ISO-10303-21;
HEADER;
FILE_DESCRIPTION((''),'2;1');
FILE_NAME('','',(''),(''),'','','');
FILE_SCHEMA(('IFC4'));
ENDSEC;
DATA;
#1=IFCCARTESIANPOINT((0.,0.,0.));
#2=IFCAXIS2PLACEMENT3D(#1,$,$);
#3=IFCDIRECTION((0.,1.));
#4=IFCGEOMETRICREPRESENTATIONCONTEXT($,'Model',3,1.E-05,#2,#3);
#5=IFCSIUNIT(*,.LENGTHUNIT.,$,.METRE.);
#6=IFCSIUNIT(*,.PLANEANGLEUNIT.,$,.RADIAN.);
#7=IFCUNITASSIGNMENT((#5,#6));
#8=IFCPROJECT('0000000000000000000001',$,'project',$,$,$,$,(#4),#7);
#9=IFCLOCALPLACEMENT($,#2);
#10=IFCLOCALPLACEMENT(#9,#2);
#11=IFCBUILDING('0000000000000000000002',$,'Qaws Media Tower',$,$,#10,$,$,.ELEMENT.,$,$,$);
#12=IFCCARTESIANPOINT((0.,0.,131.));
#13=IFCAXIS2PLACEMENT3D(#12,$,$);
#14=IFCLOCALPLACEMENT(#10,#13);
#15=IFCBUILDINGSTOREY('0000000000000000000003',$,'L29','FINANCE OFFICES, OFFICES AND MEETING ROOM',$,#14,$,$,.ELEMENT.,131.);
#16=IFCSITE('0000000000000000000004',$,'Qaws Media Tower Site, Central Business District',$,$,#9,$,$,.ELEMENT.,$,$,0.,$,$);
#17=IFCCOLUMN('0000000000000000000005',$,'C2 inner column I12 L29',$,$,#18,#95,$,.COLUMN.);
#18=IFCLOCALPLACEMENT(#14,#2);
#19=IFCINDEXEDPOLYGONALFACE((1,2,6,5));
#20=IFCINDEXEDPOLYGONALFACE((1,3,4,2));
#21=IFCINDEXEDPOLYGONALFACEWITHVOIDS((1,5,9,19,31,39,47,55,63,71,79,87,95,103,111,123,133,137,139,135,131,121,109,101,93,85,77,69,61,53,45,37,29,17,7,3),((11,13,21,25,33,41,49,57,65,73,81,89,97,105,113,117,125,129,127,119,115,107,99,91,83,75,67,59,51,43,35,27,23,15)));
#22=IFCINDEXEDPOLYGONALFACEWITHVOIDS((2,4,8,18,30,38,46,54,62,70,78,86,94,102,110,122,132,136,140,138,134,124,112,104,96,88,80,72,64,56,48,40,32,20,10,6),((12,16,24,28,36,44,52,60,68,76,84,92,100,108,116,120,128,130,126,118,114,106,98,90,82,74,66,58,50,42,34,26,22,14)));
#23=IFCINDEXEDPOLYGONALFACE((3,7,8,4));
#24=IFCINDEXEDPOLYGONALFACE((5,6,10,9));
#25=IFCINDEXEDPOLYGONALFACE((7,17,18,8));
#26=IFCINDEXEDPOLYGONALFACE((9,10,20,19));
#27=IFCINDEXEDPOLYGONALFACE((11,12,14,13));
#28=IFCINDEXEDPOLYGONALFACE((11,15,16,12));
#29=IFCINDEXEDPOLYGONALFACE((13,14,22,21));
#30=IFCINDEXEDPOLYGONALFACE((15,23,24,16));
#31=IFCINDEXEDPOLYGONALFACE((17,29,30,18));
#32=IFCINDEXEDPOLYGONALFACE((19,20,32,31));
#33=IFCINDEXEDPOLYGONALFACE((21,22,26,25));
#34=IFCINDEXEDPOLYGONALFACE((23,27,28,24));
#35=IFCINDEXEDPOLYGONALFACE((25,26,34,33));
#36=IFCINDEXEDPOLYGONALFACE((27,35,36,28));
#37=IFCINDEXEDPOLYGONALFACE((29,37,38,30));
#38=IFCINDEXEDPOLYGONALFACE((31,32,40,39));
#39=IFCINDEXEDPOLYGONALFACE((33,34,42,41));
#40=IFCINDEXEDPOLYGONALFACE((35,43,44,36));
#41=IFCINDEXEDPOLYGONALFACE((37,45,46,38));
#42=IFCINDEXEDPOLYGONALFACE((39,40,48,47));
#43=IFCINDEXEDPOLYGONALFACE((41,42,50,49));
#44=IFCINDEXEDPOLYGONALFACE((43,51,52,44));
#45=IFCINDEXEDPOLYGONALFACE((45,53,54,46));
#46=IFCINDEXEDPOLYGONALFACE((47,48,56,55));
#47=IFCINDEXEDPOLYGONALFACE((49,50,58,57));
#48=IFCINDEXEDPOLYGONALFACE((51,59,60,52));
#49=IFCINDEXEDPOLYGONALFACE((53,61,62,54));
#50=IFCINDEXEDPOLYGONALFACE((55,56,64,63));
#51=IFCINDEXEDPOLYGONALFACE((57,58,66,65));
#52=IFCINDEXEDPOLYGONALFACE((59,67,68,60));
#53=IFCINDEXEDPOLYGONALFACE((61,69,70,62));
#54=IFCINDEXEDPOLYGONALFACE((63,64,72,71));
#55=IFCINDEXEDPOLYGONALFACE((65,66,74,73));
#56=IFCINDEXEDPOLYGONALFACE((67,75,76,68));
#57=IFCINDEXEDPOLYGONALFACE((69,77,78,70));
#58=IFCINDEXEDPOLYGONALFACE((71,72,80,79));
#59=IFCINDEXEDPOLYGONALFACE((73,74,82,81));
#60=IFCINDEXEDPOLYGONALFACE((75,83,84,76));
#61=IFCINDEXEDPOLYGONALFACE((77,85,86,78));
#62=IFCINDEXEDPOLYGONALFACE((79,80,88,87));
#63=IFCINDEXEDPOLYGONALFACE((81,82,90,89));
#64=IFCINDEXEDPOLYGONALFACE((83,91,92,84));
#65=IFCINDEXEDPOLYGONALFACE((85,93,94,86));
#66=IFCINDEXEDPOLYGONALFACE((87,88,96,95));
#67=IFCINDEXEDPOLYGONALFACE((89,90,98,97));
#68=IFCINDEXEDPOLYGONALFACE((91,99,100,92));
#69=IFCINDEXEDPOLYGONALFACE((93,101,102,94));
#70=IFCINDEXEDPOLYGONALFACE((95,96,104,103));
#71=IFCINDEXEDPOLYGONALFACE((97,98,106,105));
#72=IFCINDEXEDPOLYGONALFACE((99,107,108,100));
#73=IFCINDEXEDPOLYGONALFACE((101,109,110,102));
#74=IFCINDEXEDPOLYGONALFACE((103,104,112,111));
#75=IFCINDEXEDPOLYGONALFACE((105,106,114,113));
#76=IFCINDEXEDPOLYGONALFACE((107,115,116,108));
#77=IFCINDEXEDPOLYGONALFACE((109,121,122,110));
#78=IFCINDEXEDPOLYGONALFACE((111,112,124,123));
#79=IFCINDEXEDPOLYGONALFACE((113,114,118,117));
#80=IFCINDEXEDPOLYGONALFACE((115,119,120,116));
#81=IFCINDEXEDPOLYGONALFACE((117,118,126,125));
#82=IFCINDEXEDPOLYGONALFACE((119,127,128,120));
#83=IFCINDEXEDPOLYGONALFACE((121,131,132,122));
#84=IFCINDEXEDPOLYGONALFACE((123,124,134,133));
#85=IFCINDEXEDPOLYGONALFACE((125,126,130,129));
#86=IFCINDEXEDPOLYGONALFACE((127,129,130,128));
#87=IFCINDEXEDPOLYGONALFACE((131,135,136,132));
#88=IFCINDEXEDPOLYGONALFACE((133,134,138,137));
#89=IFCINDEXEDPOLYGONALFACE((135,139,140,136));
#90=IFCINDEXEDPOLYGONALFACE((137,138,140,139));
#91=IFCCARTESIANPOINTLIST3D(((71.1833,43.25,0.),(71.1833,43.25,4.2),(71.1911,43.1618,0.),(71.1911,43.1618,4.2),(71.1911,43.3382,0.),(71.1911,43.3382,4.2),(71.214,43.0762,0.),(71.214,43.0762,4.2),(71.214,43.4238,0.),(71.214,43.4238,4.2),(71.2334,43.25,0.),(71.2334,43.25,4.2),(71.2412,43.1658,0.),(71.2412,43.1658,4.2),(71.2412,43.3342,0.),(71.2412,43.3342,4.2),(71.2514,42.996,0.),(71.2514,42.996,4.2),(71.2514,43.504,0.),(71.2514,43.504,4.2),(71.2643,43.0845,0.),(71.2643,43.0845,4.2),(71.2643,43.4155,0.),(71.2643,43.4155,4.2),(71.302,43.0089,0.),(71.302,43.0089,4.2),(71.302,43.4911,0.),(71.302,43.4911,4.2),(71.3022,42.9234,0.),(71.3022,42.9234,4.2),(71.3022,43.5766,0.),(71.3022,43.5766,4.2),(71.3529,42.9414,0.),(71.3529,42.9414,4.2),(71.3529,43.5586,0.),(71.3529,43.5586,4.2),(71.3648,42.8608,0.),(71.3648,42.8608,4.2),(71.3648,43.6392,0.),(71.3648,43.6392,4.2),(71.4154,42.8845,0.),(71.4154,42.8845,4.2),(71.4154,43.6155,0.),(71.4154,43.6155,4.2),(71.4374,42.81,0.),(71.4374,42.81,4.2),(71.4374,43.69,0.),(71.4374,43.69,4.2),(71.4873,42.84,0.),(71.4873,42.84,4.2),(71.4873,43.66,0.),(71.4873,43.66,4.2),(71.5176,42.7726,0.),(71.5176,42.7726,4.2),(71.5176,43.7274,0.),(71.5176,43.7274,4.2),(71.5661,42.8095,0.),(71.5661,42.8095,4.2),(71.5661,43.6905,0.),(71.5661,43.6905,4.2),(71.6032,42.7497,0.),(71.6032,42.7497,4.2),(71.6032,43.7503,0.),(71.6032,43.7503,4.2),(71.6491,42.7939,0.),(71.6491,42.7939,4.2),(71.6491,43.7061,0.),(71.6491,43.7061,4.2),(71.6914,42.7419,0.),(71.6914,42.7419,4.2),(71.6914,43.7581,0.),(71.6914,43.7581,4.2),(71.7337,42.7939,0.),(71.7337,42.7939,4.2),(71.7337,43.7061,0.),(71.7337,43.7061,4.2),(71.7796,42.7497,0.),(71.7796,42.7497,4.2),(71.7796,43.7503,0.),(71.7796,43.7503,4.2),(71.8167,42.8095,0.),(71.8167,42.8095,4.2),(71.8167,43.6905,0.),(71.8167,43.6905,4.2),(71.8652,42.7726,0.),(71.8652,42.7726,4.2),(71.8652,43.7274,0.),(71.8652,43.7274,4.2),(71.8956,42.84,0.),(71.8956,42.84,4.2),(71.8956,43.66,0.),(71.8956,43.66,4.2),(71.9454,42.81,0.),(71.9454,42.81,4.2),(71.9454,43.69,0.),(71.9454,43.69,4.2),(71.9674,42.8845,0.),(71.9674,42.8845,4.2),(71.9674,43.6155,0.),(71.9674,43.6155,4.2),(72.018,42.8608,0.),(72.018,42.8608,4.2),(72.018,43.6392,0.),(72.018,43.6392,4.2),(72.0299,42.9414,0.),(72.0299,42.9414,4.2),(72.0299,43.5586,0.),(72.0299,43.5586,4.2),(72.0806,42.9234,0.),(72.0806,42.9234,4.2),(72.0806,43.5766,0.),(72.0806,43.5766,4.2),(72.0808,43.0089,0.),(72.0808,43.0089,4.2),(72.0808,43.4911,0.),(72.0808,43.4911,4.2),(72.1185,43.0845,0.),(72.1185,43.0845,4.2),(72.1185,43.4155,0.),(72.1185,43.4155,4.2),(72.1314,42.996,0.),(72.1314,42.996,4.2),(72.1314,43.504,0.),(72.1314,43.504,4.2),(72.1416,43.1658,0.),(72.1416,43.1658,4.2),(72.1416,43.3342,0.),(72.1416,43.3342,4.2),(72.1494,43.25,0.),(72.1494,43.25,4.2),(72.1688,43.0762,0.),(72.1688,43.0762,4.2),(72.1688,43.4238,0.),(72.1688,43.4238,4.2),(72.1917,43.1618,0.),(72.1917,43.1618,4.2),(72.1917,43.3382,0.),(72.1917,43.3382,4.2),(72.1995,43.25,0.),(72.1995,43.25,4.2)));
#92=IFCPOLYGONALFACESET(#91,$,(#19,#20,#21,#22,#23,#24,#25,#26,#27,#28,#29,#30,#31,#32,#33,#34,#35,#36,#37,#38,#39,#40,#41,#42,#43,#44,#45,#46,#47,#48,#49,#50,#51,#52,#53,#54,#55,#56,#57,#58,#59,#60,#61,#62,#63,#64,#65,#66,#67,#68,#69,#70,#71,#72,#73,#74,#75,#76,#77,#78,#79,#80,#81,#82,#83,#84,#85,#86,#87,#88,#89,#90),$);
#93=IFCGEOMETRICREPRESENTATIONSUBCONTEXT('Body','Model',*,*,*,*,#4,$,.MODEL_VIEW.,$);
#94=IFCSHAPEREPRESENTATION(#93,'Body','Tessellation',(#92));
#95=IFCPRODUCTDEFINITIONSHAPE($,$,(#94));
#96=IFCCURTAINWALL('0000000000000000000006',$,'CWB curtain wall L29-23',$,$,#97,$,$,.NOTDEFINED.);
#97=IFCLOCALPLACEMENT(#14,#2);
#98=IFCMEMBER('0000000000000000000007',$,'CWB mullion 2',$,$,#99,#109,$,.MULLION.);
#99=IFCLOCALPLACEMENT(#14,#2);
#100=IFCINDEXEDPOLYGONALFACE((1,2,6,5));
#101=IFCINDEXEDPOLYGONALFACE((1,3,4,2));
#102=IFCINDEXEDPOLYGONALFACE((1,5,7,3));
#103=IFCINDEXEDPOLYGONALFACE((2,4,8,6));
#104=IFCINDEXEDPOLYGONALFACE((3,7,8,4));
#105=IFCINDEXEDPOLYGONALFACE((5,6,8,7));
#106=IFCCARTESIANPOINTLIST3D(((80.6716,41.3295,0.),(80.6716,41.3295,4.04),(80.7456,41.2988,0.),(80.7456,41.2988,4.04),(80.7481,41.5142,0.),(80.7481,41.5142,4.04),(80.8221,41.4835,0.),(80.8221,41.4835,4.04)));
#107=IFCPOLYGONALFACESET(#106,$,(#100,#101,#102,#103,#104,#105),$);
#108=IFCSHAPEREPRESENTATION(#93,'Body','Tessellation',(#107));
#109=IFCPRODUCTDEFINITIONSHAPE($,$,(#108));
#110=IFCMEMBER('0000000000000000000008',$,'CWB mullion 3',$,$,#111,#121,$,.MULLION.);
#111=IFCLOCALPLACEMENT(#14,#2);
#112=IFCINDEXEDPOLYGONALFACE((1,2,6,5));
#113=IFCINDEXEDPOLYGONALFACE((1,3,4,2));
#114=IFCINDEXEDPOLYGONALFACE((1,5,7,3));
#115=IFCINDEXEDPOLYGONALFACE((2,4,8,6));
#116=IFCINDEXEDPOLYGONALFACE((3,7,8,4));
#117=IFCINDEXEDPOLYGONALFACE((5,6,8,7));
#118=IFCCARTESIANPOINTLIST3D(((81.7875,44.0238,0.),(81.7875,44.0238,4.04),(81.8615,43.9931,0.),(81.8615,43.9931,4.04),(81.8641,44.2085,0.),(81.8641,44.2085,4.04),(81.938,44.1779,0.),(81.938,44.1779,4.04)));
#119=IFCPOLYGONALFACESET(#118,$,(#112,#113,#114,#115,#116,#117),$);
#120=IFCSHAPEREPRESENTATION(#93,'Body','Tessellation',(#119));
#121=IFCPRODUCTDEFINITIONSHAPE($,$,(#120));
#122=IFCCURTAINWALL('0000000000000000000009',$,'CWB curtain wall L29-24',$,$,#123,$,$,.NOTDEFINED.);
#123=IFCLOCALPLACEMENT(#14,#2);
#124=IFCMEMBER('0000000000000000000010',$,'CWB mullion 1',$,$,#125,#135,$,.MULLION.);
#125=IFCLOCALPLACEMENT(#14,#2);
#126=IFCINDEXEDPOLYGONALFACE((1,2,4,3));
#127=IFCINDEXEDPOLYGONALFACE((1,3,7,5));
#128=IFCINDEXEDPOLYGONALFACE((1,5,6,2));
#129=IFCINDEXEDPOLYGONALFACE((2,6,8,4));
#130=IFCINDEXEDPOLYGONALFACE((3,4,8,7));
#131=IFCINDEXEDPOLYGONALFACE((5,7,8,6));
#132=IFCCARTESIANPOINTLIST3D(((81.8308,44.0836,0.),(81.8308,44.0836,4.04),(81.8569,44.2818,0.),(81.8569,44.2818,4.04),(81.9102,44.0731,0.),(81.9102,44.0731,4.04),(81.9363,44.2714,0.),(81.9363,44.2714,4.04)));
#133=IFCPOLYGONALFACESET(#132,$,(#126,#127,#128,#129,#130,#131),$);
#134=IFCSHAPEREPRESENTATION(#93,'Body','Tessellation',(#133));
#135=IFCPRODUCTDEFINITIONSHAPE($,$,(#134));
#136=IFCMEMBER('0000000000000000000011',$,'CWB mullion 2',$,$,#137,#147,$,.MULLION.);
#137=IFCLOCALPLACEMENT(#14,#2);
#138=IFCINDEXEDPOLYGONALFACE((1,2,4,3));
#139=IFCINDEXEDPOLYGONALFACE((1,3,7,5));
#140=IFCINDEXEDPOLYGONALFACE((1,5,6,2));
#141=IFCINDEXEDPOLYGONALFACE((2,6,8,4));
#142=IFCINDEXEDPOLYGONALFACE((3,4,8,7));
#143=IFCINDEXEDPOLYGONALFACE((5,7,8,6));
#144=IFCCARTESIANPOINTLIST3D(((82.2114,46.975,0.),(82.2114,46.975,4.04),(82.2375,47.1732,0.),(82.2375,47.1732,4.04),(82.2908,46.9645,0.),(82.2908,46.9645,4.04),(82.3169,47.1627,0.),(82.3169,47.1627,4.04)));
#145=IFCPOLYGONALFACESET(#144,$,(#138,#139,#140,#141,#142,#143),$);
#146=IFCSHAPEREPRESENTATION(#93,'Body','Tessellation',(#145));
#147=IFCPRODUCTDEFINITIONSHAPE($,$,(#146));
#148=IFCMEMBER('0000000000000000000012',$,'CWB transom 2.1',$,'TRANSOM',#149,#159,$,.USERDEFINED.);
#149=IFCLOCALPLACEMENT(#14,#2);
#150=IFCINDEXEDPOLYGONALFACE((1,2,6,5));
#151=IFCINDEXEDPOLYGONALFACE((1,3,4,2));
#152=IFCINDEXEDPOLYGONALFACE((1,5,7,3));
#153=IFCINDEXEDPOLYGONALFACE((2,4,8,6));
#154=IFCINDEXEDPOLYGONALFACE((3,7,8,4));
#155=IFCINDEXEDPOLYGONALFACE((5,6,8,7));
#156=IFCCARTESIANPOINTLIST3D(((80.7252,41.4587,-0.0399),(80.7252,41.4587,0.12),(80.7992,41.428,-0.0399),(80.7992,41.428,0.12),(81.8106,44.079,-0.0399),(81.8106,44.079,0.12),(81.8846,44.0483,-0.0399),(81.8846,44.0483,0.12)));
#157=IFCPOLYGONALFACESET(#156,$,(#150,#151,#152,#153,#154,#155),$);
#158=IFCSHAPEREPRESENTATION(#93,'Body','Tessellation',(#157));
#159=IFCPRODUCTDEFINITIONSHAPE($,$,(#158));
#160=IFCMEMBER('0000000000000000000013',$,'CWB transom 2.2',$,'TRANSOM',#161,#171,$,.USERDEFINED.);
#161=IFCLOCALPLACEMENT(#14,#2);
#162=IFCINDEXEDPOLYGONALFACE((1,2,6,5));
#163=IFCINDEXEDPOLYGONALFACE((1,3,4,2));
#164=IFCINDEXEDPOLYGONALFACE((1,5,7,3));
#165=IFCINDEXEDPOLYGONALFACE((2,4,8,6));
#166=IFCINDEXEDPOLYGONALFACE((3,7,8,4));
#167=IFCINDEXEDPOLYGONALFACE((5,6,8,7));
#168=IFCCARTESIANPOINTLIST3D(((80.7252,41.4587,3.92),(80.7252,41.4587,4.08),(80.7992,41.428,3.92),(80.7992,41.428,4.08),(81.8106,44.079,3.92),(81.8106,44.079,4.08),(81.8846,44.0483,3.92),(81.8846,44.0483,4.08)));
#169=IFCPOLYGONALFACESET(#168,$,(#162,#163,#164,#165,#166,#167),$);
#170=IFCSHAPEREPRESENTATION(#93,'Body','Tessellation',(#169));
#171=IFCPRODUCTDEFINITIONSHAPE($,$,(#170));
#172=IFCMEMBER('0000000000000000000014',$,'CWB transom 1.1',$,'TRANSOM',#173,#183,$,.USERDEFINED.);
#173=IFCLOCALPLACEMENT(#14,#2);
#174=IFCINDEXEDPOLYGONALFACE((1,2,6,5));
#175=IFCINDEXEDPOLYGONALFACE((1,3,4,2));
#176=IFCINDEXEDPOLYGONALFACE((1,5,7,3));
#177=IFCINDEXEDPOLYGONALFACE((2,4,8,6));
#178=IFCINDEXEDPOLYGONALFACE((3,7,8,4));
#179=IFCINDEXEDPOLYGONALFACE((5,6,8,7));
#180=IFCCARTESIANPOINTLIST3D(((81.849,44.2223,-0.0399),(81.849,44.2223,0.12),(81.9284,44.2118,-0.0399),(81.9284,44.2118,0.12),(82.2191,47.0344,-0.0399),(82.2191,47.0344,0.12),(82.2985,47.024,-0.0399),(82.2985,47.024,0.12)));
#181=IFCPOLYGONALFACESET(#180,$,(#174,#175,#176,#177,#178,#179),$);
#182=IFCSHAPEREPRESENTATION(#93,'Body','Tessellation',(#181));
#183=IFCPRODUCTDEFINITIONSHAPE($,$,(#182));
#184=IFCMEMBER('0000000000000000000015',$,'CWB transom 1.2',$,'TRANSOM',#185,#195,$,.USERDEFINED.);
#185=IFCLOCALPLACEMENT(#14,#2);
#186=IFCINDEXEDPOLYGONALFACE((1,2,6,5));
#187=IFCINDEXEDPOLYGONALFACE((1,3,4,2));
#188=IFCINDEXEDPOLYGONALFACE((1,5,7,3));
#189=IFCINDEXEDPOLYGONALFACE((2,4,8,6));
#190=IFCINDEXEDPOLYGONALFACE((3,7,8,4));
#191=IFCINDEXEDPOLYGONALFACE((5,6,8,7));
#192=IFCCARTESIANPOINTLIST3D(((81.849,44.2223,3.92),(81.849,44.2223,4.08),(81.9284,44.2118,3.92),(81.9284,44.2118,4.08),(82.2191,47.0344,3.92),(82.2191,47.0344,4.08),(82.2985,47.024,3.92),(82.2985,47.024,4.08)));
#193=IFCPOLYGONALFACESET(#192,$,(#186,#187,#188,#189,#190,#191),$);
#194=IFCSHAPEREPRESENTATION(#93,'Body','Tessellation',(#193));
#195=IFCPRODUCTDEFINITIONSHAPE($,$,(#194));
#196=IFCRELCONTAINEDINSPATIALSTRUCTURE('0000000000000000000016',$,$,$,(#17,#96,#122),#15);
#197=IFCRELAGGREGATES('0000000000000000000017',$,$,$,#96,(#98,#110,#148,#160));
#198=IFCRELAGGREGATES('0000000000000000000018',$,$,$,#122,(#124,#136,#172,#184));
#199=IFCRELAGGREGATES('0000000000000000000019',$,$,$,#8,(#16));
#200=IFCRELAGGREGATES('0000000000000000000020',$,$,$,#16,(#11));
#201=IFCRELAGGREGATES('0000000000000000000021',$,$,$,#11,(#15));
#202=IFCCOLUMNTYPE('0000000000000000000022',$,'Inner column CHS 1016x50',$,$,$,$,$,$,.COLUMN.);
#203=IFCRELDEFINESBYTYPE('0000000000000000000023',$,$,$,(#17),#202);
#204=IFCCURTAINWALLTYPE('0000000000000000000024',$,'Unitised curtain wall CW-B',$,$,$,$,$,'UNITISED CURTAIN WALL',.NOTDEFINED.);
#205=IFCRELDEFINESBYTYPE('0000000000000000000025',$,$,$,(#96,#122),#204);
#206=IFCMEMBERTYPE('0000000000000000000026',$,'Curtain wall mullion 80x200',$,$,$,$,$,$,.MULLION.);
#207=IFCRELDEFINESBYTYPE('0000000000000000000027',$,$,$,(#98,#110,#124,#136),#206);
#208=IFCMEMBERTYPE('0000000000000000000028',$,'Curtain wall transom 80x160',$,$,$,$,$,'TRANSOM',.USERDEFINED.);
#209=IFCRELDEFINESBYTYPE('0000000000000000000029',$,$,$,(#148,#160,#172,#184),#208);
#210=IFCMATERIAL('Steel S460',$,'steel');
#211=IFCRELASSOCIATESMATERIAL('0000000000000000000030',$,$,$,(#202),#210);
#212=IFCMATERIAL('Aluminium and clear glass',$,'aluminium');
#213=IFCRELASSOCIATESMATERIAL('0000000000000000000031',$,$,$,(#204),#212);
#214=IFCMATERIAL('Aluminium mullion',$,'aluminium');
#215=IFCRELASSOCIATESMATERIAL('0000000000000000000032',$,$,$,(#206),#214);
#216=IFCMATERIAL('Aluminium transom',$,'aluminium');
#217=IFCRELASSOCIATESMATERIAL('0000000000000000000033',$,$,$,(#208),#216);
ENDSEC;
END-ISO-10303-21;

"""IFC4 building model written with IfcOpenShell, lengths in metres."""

from ifc_helpers import new_model, si_unit, direction, frame, origin, origin_2d, place, context, subcontext, project, spatial, rectangle, hollow_circle, extrude, material, material_profile, profile_set, type_object, element, aggregate, save


model = new_model("IFC4")

# Units and contexts
model_context = context("Model", 3, precision=1e-05, world=origin(), true_north=direction((0.0, 1.0)))
body_context = subcontext(model_context, "Body", "Model", "MODEL_VIEW")
ifc_project = project(units=[si_unit("LENGTHUNIT", "METRE"), si_unit("PLANEANGLEUNIT", "RADIAN")], contexts=[model_context])

# Site, building, storey
site_placement = place(None, origin())
site = spatial("IfcSite", under=ifc_project, at=site_placement, Name="Qaws Media Tower Site, Central Business District", CompositionType="ELEMENT", RefElevation=0.0)
building_placement = place(site_placement, origin())
building = spatial("IfcBuilding", under=site, at=building_placement, Name="Qaws Media Tower", CompositionType="ELEMENT")
storey_placement = place(building_placement, frame((0.0, 0.0, 131.0)))
storey = spatial("IfcBuildingStorey", under=building, at=storey_placement, Name="L29", Description="FINANCE OFFICES, OFFICES AND MEETING ROOM", CompositionType="ELEMENT", Elevation=131.0)

# Column
ifc_material_1 = material(Name="Steel S460", Category="steel")
ifc_material_profile_1 = material_profile(ifc_material_1, hollow_circle(Radius=0.5081, WallThickness=0.05, at=origin_2d()), Name="CHS 1016x50")
ifc_profile_set_1 = profile_set([ifc_material_profile_1], Name="Steel S460")
column_type = type_object("IfcColumnType", Name="Inner column CHS 1016x50", PredefinedType="COLUMN", material=ifc_profile_set_1)
column_placement = place(storey_placement, frame((71.6914, 43.25, 0.0), z_axis=(0.0, 0.0, 1.0), x_axis=(1.0, 0.0, 0.0)))
element("IfcColumn", 1, at=column_placement, inside=storey, type_object=column_type, Name="C2 inner column I12 L29", PredefinedType="COLUMN", context=body_context, shape_type="SweptSolid", body=[
    extrude(hollow_circle(Radius=0.5081, WallThickness=0.05, at=origin_2d()), origin(), (0.0, 0.0, 1.0), 4.2),
])

# Curtain walls, members
ifc_material_2 = material(Name="Aluminium and clear glass", Category="aluminium")
curtain_wall_type = type_object("IfcCurtainWallType", Name="Unitised curtain wall CW-B", ElementType="UNITISED CURTAIN WALL", PredefinedType="NOTDEFINED", material=ifc_material_2)
curtain_wall_1_placement = place(storey_placement, origin())
curtain_wall_1 = element("IfcCurtainWall", 2, at=curtain_wall_1_placement, inside=storey, type_object=curtain_wall_type, Name="CWB curtain wall L29-23", PredefinedType="NOTDEFINED")
ifc_material_3 = material(Name="Aluminium mullion", Category="aluminium")
ifc_material_profile_2 = material_profile(ifc_material_3, rectangle(XDim=0.0801, YDim=0.2, at=origin_2d()), Name="80x200")
ifc_profile_set_2 = profile_set([ifc_material_profile_2], Name="Aluminium mullion")
member_type_1 = type_object("IfcMemberType", Name="Curtain wall mullion 80x200", PredefinedType="MULLION", material=ifc_profile_set_2)
member_1_placement = place(storey_placement, frame((80.7468, 41.4065, 0.0), z_axis=(0.0, 0.0, 1.0), x_axis=(-0.92388, 0.382683, 0.0)))
member_1 = element("IfcMember", 3, at=member_1_placement, type_object=member_type_1, Name="CWB mullion 2", PredefinedType="MULLION", context=body_context, shape_type="SweptSolid", body=[
    extrude(rectangle(XDim=0.0801, YDim=0.2, at=origin_2d()), origin(), (0.0, 0.0, 1.0), 4.04),
])
member_2_placement = place(storey_placement, frame((81.8628, 44.1008, 0.0), z_axis=(0.0, 0.0, 1.0), x_axis=(-0.92388, 0.382683, 0.0)))
member_2 = element("IfcMember", 4, at=member_2_placement, type_object=member_type_1, Name="CWB mullion 3", PredefinedType="MULLION", context=body_context, shape_type="SweptSolid", body=[
    extrude(rectangle(XDim=0.0801, YDim=0.2, at=origin_2d()), origin(), (0.0, 0.0, 1.0), 4.04),
])
curtain_wall_2_placement = place(storey_placement, origin())
curtain_wall_2 = element("IfcCurtainWall", 5, at=curtain_wall_2_placement, inside=storey, type_object=curtain_wall_type, Name="CWB curtain wall L29-24", PredefinedType="NOTDEFINED")
member_3_placement = place(storey_placement, frame((81.8835, 44.1775, 0.0), z_axis=(0.0, 0.0, 1.0), x_axis=(-0.991445, 0.130526, 0.0)))
member_3 = element("IfcMember", 6, at=member_3_placement, type_object=member_type_1, Name="CWB mullion 1", PredefinedType="MULLION", context=body_context, shape_type="SweptSolid", body=[
    extrude(rectangle(XDim=0.0801, YDim=0.2, at=origin_2d()), origin(), (0.0, 0.0, 1.0), 4.04),
])
member_4_placement = place(storey_placement, frame((82.2642, 47.0688, 0.0), z_axis=(0.0, 0.0, 1.0), x_axis=(-0.991445, 0.130526, 0.0)))
member_4 = element("IfcMember", 7, at=member_4_placement, type_object=member_type_1, Name="CWB mullion 2", PredefinedType="MULLION", context=body_context, shape_type="SweptSolid", body=[
    extrude(rectangle(XDim=0.0801, YDim=0.2, at=origin_2d()), origin(), (0.0, 0.0, 1.0), 4.04),
])

# Members
ifc_material_4 = material(Name="Aluminium transom", Category="aluminium")
ifc_material_profile_3 = material_profile(ifc_material_4, rectangle(XDim=0.0801, YDim=0.1599, at=origin_2d()), Name="80x160")
ifc_profile_set_3 = profile_set([ifc_material_profile_3], Name="Aluminium transom")
member_type_2 = type_object("IfcMemberType", Name="Curtain wall transom 80x160", ElementType="TRANSOM", PredefinedType="USERDEFINED", material=ifc_profile_set_3)
member_5_placement = place(storey_placement, frame((80.7622, 41.4434, 0.04), z_axis=(0.382701, 0.923872, 0.0), x_axis=(-0.923872, 0.382701, 0.0)))
member_5 = element("IfcMember", 8, at=member_5_placement, type_object=member_type_2, Name="CWB transom 2.1", ObjectType="TRANSOM", PredefinedType="USERDEFINED", context=body_context, shape_type="SweptSolid", body=[
    extrude(rectangle(XDim=0.0801, YDim=0.1599, at=origin_2d()), origin(), (0.0, 0.0, 1.0), 2.8362),
])
member_6_placement = place(storey_placement, frame((80.7622, 41.4434, 4.0), z_axis=(0.382701, 0.923872, 0.0), x_axis=(-0.923872, 0.382701, 0.0)))
member_6 = element("IfcMember", 9, at=member_6_placement, type_object=member_type_2, Name="CWB transom 2.2", ObjectType="TRANSOM", PredefinedType="USERDEFINED", context=body_context, shape_type="SweptSolid", body=[
    extrude(rectangle(XDim=0.0801, YDim=0.1599, at=origin_2d()), origin(), (0.0, 0.0, 1.0), 2.8362),
])
member_7_placement = place(storey_placement, frame((81.8887, 44.217, 0.04), z_axis=(0.130483, 0.99145, 0.0), x_axis=(-0.99145, 0.130483, 0.0)))
member_7 = element("IfcMember", 10, at=member_7_placement, type_object=member_type_2, Name="CWB transom 1.1", ObjectType="TRANSOM", PredefinedType="USERDEFINED", context=body_context, shape_type="SweptSolid", body=[
    extrude(rectangle(XDim=0.0801, YDim=0.1599, at=origin_2d()), origin(), (0.0, 0.0, 1.0), 2.8364),
])
member_8_placement = place(storey_placement, frame((81.8887, 44.217, 4.0), z_axis=(0.130483, 0.99145, 0.0), x_axis=(-0.99145, 0.130483, 0.0)))
member_8 = element("IfcMember", 11, at=member_8_placement, type_object=member_type_2, Name="CWB transom 1.2", ObjectType="TRANSOM", PredefinedType="USERDEFINED", context=body_context, shape_type="SweptSolid", body=[
    extrude(rectangle(XDim=0.0801, YDim=0.1599, at=origin_2d()), origin(), (0.0, 0.0, 1.0), 2.8364),
])

aggregate(curtain_wall_1, [member_1, member_2, member_5, member_6])
aggregate(curtain_wall_2, [member_3, member_4, member_7, member_8])

save(model, "model.ifc")
